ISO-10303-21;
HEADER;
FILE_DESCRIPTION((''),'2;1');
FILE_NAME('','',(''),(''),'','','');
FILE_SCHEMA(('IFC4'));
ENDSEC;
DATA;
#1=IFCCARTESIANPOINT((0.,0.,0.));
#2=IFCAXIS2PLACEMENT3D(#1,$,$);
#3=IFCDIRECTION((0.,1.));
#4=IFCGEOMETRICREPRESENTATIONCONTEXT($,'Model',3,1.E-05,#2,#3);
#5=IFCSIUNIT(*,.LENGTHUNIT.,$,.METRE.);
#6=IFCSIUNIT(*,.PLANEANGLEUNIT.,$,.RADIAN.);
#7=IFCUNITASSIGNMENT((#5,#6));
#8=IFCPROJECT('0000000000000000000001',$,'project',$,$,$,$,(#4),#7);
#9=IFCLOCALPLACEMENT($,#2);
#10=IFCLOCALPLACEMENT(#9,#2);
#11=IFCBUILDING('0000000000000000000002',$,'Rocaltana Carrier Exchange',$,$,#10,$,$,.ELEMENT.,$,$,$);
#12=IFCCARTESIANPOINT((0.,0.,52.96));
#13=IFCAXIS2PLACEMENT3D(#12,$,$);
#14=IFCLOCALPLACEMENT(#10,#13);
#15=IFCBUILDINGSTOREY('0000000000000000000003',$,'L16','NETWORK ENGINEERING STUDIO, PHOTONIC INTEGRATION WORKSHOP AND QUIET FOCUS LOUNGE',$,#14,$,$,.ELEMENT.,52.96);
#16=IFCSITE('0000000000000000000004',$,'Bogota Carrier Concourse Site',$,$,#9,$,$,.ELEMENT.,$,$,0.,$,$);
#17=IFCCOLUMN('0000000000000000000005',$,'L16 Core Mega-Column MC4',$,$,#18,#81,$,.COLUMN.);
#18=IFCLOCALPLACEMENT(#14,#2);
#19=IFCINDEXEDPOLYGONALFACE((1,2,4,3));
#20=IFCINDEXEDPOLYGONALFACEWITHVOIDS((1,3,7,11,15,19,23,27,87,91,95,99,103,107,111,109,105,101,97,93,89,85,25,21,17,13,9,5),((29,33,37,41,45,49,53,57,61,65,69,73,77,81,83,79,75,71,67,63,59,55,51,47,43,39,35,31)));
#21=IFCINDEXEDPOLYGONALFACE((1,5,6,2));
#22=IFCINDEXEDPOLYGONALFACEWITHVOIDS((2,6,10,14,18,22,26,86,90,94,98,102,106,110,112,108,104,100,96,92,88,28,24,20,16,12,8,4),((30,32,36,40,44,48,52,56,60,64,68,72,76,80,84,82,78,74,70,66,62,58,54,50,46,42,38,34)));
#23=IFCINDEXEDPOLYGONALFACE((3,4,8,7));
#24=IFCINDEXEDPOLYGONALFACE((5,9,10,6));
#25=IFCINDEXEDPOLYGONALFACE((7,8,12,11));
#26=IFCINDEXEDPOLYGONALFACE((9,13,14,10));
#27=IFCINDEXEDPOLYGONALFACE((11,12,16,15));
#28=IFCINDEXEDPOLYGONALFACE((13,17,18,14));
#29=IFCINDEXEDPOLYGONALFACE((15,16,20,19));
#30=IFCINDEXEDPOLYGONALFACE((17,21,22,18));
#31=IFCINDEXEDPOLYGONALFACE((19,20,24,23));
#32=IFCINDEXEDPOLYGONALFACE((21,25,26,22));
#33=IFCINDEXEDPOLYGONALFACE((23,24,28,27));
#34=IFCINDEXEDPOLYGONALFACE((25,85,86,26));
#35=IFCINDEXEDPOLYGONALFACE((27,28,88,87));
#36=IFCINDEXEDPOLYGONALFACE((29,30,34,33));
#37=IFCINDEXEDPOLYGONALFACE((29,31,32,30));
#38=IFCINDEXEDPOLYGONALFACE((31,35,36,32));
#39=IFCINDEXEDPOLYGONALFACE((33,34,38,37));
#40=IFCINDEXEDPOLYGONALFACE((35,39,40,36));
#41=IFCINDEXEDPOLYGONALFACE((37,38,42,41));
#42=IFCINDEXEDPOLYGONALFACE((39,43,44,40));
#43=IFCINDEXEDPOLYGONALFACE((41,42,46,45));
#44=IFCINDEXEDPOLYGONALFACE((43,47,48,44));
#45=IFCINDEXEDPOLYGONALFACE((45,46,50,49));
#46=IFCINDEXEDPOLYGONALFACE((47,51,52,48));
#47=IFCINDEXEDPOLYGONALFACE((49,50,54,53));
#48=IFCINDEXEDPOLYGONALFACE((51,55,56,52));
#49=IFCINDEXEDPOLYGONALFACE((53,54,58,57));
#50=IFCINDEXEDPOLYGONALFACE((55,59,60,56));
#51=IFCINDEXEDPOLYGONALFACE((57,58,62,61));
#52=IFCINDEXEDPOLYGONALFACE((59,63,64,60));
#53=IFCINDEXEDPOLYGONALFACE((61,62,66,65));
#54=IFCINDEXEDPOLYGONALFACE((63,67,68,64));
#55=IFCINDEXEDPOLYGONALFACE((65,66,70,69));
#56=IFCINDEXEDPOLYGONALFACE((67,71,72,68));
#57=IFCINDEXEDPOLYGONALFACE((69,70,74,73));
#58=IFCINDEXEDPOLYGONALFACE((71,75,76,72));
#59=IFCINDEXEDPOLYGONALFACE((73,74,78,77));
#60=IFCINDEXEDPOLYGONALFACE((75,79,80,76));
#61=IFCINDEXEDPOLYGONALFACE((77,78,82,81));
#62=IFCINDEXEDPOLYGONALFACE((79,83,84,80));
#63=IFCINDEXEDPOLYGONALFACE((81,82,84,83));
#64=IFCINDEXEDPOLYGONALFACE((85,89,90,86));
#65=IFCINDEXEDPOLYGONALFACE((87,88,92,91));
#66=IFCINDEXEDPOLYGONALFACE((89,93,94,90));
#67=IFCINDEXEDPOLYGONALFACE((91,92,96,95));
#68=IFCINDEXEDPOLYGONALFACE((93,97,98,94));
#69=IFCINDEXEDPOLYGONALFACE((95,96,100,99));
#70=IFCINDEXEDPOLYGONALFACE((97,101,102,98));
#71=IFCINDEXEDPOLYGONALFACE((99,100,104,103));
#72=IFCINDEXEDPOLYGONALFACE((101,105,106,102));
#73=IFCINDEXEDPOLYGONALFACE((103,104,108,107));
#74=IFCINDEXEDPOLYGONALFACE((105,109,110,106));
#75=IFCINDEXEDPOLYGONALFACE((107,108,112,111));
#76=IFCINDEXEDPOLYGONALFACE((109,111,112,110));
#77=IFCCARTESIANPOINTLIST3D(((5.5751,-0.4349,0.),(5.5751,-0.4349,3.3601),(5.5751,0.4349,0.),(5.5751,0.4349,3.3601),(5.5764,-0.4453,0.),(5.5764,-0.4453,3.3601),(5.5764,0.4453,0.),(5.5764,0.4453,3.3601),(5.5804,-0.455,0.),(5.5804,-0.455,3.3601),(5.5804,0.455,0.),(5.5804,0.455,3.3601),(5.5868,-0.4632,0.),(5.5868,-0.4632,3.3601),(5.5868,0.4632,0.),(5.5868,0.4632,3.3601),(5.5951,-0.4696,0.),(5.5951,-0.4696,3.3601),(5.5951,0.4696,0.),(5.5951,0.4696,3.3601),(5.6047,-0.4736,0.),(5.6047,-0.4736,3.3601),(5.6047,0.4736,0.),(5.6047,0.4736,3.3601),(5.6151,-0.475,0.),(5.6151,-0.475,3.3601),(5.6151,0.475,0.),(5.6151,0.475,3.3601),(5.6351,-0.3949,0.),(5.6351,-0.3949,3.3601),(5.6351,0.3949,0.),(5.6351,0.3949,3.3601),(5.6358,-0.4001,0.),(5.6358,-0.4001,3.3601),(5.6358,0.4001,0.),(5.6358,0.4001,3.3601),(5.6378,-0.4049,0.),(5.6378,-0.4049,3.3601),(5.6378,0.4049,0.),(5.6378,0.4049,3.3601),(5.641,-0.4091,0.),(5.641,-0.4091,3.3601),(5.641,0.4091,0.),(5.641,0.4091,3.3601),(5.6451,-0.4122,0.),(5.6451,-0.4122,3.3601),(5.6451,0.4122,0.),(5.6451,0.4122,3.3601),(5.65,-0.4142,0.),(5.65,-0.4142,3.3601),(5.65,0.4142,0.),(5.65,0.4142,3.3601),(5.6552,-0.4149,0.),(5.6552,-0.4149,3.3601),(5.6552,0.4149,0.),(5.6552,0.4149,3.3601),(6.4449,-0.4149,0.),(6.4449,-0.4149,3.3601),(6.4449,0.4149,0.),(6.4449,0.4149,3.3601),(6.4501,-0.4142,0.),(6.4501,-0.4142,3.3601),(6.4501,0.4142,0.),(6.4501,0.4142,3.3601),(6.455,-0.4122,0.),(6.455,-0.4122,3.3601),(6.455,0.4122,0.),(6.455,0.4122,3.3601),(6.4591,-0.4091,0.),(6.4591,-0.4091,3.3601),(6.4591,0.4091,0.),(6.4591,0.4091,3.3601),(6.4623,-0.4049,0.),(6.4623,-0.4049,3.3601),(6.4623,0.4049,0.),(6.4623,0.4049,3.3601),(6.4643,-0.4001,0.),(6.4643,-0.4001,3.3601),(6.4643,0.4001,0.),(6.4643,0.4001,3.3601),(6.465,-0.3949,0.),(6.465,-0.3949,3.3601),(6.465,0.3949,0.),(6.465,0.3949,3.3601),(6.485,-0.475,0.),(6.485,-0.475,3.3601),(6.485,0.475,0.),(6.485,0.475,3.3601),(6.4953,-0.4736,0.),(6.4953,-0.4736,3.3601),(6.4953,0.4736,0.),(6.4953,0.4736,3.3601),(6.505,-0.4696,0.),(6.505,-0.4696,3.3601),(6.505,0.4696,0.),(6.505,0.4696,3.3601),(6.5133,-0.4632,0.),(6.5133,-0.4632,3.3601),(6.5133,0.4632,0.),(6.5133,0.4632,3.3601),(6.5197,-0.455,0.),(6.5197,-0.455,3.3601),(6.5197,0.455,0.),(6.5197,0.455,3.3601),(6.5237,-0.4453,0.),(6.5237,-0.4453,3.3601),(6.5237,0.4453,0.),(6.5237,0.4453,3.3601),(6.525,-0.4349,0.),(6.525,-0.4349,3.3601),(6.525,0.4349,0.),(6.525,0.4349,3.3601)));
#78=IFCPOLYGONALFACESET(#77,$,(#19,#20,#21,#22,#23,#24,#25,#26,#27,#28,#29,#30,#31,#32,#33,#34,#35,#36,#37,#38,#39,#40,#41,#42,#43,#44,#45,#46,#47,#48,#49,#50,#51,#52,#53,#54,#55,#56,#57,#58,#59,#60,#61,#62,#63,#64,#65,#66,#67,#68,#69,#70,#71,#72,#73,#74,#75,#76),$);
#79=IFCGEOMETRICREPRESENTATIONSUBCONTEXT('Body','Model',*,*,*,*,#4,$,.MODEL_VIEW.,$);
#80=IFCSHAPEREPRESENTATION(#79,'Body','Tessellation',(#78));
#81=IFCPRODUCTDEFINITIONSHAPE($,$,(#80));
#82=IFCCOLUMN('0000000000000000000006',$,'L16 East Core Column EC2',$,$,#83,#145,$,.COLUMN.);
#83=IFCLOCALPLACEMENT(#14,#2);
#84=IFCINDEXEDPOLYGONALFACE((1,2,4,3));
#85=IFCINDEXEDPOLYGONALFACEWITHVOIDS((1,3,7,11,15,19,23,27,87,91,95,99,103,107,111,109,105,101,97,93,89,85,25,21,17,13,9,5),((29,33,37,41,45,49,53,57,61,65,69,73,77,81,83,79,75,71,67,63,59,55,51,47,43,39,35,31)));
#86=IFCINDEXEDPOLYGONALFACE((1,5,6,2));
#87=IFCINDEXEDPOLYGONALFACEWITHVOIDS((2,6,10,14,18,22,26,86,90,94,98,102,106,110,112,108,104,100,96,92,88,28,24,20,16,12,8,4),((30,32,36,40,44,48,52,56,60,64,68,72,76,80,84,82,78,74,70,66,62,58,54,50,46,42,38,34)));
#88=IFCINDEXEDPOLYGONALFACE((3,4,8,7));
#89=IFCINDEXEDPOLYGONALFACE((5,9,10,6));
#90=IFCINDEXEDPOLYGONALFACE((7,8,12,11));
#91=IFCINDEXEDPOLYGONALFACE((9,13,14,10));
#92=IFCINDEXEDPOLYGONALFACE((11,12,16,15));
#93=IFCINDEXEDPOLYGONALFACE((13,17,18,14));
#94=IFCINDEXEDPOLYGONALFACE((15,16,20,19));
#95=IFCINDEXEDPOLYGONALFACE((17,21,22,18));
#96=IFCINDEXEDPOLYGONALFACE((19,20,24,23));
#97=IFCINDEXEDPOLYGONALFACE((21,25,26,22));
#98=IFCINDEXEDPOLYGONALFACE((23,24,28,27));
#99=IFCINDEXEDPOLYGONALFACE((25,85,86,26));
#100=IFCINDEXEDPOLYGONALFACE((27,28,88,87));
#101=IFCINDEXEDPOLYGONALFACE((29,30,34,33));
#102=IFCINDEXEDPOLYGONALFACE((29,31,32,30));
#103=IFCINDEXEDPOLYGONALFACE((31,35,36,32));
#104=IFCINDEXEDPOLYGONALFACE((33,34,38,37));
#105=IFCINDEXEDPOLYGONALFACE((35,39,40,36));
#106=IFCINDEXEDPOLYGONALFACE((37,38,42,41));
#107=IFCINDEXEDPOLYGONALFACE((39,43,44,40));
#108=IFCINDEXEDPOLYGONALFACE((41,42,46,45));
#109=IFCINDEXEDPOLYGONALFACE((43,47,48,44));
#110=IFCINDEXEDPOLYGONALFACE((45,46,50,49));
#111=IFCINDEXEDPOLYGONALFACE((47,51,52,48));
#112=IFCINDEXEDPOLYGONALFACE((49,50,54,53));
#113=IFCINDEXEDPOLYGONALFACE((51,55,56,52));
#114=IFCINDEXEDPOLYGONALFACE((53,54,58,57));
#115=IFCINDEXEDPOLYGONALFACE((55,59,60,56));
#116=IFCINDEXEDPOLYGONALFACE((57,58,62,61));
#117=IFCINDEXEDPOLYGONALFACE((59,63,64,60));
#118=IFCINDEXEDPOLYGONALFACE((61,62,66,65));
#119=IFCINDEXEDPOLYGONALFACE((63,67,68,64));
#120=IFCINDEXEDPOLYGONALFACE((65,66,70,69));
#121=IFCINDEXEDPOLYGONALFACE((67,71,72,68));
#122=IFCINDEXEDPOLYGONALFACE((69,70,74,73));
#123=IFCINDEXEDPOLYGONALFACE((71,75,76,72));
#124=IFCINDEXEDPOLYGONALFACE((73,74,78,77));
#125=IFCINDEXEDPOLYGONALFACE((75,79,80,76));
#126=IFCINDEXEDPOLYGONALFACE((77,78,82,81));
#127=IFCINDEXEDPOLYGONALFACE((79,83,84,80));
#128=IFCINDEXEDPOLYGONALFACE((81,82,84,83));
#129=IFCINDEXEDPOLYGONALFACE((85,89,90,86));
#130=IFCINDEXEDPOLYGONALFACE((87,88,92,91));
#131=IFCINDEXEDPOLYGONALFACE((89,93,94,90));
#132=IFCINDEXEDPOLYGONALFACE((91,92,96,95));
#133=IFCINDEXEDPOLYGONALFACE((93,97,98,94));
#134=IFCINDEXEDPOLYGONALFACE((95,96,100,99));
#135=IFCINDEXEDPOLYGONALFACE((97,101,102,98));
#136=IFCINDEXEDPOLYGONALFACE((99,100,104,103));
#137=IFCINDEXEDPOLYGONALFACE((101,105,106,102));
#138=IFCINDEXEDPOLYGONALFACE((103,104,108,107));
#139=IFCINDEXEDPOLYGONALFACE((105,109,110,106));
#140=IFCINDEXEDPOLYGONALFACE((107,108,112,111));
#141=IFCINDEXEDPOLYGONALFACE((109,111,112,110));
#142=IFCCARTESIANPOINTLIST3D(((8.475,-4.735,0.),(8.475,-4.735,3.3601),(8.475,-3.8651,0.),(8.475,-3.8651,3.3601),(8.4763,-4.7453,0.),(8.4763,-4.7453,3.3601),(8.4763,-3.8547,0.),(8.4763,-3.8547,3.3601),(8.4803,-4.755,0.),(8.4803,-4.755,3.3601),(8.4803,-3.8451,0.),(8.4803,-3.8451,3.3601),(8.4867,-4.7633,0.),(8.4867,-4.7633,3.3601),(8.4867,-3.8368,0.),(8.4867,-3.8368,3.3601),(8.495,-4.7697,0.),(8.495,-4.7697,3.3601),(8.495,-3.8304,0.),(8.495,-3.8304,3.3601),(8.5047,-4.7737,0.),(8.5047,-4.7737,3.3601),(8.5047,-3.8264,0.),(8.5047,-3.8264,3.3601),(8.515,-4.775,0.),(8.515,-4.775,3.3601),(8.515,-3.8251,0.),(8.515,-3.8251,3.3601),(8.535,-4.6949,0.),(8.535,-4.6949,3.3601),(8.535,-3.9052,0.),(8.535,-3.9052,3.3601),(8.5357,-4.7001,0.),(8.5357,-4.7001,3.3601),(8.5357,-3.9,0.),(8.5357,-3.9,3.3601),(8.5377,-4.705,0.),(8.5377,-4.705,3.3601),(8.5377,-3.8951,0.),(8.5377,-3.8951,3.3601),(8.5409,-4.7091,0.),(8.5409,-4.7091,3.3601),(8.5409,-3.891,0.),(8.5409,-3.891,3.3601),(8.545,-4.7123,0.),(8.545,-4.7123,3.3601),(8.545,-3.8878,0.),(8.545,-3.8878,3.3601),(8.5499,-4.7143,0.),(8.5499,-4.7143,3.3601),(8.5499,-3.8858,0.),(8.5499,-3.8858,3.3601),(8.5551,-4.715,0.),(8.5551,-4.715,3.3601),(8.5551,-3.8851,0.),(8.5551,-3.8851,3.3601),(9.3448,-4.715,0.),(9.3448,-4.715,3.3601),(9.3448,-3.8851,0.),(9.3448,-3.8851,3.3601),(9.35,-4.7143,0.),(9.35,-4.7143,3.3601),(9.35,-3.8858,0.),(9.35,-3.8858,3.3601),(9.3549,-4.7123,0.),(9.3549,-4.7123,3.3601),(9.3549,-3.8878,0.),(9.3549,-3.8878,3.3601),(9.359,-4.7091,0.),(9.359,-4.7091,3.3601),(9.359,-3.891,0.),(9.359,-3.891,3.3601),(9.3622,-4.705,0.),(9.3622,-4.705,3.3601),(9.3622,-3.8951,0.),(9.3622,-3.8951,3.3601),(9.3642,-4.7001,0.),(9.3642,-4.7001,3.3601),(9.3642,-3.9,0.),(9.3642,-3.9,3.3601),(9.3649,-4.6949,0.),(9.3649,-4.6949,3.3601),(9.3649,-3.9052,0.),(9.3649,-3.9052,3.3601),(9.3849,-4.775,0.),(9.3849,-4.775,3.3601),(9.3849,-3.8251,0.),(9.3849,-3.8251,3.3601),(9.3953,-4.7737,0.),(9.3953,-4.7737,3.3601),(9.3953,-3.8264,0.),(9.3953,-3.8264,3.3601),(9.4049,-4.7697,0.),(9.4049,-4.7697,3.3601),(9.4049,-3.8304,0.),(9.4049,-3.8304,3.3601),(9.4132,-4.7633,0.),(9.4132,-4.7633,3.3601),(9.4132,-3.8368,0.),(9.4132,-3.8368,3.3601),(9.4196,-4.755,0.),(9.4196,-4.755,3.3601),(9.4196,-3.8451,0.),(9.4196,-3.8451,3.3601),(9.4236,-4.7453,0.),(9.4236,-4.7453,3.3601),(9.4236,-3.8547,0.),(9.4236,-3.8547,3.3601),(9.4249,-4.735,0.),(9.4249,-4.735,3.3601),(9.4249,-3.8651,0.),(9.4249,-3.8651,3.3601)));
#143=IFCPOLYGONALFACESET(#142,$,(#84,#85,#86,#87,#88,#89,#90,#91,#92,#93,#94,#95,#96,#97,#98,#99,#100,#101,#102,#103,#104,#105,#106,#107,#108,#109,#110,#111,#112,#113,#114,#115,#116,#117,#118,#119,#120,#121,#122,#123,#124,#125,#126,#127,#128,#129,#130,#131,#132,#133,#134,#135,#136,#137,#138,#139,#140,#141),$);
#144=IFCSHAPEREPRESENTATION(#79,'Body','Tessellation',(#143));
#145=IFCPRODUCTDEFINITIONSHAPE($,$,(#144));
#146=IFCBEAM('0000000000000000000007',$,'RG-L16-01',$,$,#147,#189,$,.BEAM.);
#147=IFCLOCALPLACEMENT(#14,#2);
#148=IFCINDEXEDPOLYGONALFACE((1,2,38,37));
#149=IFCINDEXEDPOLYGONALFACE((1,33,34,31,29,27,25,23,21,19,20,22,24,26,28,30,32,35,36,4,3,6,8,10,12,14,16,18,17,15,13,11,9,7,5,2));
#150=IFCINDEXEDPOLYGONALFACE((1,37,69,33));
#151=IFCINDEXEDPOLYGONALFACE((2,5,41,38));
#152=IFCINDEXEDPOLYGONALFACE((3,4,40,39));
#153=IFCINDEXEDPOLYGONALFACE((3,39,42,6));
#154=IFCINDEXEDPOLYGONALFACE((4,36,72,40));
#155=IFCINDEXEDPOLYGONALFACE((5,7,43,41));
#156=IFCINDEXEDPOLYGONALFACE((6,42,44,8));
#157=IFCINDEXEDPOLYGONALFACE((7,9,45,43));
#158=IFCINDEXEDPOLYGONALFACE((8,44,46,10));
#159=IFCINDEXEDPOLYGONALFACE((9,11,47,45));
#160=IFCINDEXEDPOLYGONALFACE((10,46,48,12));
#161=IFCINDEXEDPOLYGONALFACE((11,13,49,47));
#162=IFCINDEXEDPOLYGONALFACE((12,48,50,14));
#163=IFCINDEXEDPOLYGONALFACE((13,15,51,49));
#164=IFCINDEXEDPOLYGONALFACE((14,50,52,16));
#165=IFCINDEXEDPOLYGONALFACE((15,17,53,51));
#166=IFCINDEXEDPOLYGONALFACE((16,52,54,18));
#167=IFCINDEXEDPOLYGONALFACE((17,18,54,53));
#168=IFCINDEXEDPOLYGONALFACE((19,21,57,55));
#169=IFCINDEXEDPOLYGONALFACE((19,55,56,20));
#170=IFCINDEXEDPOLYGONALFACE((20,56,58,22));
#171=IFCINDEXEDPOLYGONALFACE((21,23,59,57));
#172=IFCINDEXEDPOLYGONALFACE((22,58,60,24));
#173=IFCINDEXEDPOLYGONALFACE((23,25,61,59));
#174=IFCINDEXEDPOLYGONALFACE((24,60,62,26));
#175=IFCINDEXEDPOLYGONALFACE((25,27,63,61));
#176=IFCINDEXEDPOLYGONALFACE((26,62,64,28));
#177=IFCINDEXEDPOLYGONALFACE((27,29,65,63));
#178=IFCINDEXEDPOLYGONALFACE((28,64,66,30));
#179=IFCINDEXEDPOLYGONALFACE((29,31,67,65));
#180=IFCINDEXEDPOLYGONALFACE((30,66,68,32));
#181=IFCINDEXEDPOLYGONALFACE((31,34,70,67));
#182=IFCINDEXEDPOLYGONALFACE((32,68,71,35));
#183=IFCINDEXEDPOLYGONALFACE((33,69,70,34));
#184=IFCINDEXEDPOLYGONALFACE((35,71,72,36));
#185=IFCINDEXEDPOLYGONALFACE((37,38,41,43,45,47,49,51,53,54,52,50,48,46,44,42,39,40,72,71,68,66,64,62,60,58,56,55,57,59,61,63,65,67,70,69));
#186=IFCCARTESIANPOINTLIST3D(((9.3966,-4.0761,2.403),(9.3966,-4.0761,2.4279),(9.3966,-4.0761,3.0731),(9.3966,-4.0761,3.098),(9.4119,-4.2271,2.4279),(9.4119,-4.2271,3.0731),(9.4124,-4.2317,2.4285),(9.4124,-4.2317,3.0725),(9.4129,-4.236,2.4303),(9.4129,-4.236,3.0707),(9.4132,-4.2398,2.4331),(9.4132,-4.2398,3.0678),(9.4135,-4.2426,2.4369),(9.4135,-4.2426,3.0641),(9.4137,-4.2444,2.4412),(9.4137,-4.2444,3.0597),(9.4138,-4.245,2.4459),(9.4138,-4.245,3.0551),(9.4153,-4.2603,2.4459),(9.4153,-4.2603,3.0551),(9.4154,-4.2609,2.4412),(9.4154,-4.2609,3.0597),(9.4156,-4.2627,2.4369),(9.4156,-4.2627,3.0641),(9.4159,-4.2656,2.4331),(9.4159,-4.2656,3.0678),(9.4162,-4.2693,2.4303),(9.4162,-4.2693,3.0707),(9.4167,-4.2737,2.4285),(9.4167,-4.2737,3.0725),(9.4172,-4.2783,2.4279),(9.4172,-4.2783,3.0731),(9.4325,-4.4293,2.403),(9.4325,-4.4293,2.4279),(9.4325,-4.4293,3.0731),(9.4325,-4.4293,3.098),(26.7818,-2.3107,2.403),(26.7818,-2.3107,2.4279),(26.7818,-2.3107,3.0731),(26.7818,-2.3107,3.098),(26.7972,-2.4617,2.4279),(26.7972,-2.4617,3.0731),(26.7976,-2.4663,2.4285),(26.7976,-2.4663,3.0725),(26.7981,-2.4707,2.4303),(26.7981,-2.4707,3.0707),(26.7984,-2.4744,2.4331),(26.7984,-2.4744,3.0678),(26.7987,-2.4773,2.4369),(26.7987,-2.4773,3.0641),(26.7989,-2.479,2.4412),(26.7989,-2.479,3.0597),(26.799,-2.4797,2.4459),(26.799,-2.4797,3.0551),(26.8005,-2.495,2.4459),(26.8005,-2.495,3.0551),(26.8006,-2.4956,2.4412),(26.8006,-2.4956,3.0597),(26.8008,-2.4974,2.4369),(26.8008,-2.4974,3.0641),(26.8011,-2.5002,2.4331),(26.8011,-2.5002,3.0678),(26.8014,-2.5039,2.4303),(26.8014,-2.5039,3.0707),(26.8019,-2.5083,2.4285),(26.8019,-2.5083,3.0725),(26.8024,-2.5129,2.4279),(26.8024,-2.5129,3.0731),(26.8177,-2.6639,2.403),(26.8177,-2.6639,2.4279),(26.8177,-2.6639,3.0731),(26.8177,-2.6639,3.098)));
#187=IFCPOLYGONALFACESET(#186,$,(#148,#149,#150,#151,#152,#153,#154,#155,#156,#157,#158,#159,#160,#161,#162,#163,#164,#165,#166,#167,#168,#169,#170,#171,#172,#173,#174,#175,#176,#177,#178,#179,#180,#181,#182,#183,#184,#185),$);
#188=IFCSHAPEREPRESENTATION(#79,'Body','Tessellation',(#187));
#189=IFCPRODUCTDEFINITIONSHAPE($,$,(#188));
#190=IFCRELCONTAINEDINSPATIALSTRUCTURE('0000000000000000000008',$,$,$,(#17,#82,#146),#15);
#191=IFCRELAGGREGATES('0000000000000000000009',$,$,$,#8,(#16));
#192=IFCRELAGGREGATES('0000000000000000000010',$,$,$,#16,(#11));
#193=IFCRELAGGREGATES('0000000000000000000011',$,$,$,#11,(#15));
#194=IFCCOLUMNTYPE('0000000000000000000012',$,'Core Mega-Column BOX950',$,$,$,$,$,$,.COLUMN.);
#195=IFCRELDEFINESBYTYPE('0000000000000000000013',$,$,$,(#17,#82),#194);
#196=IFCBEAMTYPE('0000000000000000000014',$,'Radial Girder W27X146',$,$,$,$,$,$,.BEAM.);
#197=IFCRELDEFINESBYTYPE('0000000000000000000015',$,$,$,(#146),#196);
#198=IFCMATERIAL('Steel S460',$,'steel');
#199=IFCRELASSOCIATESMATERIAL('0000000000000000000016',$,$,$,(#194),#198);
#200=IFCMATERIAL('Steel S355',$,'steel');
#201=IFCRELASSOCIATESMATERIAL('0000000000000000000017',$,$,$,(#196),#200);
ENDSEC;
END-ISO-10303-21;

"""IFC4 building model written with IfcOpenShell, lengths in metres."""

from ifc_helpers import new_model, si_unit, direction, frame, origin, origin_2d, place, context, subcontext, project, spatial, hollow_rectangle, i_section, extrude, material, material_profile, profile_set, type_object, element, save


model = new_model("IFC4")

# Units and contexts
model_context = context("Model", 3, precision=1e-05, world=origin(), true_north=direction((0.0, 1.0)))
body_context = subcontext(model_context, "Body", "Model", "MODEL_VIEW")
ifc_project = project(units=[si_unit("LENGTHUNIT", "METRE"), si_unit("PLANEANGLEUNIT", "RADIAN")], contexts=[model_context])

# Site, building, storey
site_placement = place(None, origin())
site = spatial("IfcSite", under=ifc_project, at=site_placement, Name="Bogota Carrier Concourse Site", CompositionType="ELEMENT", RefElevation=0.0)
building_placement = place(site_placement, origin())
building = spatial("IfcBuilding", under=site, at=building_placement, Name="Rocaltana Carrier Exchange", CompositionType="ELEMENT")
storey_placement = place(building_placement, frame((0.0, 0.0, 52.96)))
storey = spatial("IfcBuildingStorey", under=building, at=storey_placement, Name="L16", Description="NETWORK ENGINEERING STUDIO, PHOTONIC INTEGRATION WORKSHOP AND QUIET FOCUS LOUNGE", CompositionType="ELEMENT", Elevation=52.96)

# Columns
ifc_material_1 = material(Name="Steel S460", Category="steel")
ifc_material_profile_1 = material_profile(ifc_material_1, hollow_rectangle(XDim=0.95, YDim=0.95, WallThickness=0.0601, InnerFilletRadius=0.02, OuterFilletRadius=0.04, at=origin_2d()), Name="BOX950X950X60")
ifc_profile_set_1 = profile_set([ifc_material_profile_1], Name="Steel S460")
column_type = type_object("IfcColumnType", Name="Core Mega-Column BOX950", PredefinedType="COLUMN", material=ifc_profile_set_1)
for number, where, z_axis, x_axis, name in (
    (1, (6.05, 0.0, 0.0), (0.0, 0.0, 1.0), (1.0, 0.0, 0.0), "L16 Core Mega-Column MC4"),
    (2, (8.95, -4.3, 0.0), (0.0, 0.0, 1.0), (1.0, 0.0, 0.0), "L16 East Core Column EC2"),
):
    element("IfcColumn", number, at=place(storey_placement, frame(where, z_axis=z_axis, x_axis=x_axis)), inside=storey, type_object=column_type, Name=name, PredefinedType="COLUMN", context=body_context, shape_type="SweptSolid", body=[
        extrude(hollow_rectangle(XDim=0.95, YDim=0.95, WallThickness=0.0601, InnerFilletRadius=0.02, OuterFilletRadius=0.04, at=origin_2d()), origin(), (0.0, 0.0, 1.0), 3.3601),
    ])

# Beam
ifc_material_2 = material(Name="Steel S355", Category="steel")
ifc_material_profile_2 = material_profile(ifc_material_2, i_section(OverallWidth=0.355, OverallDepth=0.6951, WebThickness=0.0154, FlangeThickness=0.0249, FilletRadius=0.0181, at=origin_2d()), Name="W27X146")
ifc_profile_set_2 = profile_set([ifc_material_profile_2], Name="Steel S355")
beam_type = type_object("IfcBeamType", Name="Radial Girder W27X146", PredefinedType="BEAM", material=ifc_profile_set_2)
beam_placement = place(storey_placement, frame((9.4146, -4.2527, 2.7505), z_axis=(0.994884, 0.101025, 0.0), x_axis=(-0.101025, 0.994884, 0.0)))
element("IfcBeam", 3, at=beam_placement, inside=storey, type_object=beam_type, Name="RG-L16-01", PredefinedType="BEAM", context=body_context, shape_type="SweptSolid", body=[
    extrude(i_section(OverallWidth=0.355, OverallDepth=0.6951, WebThickness=0.0154, FlangeThickness=0.0249, FilletRadius=0.0181, at=origin_2d()), origin(), (0.0, 0.0, 1.0), 17.4746),
])

save(model, "model.ifc")
